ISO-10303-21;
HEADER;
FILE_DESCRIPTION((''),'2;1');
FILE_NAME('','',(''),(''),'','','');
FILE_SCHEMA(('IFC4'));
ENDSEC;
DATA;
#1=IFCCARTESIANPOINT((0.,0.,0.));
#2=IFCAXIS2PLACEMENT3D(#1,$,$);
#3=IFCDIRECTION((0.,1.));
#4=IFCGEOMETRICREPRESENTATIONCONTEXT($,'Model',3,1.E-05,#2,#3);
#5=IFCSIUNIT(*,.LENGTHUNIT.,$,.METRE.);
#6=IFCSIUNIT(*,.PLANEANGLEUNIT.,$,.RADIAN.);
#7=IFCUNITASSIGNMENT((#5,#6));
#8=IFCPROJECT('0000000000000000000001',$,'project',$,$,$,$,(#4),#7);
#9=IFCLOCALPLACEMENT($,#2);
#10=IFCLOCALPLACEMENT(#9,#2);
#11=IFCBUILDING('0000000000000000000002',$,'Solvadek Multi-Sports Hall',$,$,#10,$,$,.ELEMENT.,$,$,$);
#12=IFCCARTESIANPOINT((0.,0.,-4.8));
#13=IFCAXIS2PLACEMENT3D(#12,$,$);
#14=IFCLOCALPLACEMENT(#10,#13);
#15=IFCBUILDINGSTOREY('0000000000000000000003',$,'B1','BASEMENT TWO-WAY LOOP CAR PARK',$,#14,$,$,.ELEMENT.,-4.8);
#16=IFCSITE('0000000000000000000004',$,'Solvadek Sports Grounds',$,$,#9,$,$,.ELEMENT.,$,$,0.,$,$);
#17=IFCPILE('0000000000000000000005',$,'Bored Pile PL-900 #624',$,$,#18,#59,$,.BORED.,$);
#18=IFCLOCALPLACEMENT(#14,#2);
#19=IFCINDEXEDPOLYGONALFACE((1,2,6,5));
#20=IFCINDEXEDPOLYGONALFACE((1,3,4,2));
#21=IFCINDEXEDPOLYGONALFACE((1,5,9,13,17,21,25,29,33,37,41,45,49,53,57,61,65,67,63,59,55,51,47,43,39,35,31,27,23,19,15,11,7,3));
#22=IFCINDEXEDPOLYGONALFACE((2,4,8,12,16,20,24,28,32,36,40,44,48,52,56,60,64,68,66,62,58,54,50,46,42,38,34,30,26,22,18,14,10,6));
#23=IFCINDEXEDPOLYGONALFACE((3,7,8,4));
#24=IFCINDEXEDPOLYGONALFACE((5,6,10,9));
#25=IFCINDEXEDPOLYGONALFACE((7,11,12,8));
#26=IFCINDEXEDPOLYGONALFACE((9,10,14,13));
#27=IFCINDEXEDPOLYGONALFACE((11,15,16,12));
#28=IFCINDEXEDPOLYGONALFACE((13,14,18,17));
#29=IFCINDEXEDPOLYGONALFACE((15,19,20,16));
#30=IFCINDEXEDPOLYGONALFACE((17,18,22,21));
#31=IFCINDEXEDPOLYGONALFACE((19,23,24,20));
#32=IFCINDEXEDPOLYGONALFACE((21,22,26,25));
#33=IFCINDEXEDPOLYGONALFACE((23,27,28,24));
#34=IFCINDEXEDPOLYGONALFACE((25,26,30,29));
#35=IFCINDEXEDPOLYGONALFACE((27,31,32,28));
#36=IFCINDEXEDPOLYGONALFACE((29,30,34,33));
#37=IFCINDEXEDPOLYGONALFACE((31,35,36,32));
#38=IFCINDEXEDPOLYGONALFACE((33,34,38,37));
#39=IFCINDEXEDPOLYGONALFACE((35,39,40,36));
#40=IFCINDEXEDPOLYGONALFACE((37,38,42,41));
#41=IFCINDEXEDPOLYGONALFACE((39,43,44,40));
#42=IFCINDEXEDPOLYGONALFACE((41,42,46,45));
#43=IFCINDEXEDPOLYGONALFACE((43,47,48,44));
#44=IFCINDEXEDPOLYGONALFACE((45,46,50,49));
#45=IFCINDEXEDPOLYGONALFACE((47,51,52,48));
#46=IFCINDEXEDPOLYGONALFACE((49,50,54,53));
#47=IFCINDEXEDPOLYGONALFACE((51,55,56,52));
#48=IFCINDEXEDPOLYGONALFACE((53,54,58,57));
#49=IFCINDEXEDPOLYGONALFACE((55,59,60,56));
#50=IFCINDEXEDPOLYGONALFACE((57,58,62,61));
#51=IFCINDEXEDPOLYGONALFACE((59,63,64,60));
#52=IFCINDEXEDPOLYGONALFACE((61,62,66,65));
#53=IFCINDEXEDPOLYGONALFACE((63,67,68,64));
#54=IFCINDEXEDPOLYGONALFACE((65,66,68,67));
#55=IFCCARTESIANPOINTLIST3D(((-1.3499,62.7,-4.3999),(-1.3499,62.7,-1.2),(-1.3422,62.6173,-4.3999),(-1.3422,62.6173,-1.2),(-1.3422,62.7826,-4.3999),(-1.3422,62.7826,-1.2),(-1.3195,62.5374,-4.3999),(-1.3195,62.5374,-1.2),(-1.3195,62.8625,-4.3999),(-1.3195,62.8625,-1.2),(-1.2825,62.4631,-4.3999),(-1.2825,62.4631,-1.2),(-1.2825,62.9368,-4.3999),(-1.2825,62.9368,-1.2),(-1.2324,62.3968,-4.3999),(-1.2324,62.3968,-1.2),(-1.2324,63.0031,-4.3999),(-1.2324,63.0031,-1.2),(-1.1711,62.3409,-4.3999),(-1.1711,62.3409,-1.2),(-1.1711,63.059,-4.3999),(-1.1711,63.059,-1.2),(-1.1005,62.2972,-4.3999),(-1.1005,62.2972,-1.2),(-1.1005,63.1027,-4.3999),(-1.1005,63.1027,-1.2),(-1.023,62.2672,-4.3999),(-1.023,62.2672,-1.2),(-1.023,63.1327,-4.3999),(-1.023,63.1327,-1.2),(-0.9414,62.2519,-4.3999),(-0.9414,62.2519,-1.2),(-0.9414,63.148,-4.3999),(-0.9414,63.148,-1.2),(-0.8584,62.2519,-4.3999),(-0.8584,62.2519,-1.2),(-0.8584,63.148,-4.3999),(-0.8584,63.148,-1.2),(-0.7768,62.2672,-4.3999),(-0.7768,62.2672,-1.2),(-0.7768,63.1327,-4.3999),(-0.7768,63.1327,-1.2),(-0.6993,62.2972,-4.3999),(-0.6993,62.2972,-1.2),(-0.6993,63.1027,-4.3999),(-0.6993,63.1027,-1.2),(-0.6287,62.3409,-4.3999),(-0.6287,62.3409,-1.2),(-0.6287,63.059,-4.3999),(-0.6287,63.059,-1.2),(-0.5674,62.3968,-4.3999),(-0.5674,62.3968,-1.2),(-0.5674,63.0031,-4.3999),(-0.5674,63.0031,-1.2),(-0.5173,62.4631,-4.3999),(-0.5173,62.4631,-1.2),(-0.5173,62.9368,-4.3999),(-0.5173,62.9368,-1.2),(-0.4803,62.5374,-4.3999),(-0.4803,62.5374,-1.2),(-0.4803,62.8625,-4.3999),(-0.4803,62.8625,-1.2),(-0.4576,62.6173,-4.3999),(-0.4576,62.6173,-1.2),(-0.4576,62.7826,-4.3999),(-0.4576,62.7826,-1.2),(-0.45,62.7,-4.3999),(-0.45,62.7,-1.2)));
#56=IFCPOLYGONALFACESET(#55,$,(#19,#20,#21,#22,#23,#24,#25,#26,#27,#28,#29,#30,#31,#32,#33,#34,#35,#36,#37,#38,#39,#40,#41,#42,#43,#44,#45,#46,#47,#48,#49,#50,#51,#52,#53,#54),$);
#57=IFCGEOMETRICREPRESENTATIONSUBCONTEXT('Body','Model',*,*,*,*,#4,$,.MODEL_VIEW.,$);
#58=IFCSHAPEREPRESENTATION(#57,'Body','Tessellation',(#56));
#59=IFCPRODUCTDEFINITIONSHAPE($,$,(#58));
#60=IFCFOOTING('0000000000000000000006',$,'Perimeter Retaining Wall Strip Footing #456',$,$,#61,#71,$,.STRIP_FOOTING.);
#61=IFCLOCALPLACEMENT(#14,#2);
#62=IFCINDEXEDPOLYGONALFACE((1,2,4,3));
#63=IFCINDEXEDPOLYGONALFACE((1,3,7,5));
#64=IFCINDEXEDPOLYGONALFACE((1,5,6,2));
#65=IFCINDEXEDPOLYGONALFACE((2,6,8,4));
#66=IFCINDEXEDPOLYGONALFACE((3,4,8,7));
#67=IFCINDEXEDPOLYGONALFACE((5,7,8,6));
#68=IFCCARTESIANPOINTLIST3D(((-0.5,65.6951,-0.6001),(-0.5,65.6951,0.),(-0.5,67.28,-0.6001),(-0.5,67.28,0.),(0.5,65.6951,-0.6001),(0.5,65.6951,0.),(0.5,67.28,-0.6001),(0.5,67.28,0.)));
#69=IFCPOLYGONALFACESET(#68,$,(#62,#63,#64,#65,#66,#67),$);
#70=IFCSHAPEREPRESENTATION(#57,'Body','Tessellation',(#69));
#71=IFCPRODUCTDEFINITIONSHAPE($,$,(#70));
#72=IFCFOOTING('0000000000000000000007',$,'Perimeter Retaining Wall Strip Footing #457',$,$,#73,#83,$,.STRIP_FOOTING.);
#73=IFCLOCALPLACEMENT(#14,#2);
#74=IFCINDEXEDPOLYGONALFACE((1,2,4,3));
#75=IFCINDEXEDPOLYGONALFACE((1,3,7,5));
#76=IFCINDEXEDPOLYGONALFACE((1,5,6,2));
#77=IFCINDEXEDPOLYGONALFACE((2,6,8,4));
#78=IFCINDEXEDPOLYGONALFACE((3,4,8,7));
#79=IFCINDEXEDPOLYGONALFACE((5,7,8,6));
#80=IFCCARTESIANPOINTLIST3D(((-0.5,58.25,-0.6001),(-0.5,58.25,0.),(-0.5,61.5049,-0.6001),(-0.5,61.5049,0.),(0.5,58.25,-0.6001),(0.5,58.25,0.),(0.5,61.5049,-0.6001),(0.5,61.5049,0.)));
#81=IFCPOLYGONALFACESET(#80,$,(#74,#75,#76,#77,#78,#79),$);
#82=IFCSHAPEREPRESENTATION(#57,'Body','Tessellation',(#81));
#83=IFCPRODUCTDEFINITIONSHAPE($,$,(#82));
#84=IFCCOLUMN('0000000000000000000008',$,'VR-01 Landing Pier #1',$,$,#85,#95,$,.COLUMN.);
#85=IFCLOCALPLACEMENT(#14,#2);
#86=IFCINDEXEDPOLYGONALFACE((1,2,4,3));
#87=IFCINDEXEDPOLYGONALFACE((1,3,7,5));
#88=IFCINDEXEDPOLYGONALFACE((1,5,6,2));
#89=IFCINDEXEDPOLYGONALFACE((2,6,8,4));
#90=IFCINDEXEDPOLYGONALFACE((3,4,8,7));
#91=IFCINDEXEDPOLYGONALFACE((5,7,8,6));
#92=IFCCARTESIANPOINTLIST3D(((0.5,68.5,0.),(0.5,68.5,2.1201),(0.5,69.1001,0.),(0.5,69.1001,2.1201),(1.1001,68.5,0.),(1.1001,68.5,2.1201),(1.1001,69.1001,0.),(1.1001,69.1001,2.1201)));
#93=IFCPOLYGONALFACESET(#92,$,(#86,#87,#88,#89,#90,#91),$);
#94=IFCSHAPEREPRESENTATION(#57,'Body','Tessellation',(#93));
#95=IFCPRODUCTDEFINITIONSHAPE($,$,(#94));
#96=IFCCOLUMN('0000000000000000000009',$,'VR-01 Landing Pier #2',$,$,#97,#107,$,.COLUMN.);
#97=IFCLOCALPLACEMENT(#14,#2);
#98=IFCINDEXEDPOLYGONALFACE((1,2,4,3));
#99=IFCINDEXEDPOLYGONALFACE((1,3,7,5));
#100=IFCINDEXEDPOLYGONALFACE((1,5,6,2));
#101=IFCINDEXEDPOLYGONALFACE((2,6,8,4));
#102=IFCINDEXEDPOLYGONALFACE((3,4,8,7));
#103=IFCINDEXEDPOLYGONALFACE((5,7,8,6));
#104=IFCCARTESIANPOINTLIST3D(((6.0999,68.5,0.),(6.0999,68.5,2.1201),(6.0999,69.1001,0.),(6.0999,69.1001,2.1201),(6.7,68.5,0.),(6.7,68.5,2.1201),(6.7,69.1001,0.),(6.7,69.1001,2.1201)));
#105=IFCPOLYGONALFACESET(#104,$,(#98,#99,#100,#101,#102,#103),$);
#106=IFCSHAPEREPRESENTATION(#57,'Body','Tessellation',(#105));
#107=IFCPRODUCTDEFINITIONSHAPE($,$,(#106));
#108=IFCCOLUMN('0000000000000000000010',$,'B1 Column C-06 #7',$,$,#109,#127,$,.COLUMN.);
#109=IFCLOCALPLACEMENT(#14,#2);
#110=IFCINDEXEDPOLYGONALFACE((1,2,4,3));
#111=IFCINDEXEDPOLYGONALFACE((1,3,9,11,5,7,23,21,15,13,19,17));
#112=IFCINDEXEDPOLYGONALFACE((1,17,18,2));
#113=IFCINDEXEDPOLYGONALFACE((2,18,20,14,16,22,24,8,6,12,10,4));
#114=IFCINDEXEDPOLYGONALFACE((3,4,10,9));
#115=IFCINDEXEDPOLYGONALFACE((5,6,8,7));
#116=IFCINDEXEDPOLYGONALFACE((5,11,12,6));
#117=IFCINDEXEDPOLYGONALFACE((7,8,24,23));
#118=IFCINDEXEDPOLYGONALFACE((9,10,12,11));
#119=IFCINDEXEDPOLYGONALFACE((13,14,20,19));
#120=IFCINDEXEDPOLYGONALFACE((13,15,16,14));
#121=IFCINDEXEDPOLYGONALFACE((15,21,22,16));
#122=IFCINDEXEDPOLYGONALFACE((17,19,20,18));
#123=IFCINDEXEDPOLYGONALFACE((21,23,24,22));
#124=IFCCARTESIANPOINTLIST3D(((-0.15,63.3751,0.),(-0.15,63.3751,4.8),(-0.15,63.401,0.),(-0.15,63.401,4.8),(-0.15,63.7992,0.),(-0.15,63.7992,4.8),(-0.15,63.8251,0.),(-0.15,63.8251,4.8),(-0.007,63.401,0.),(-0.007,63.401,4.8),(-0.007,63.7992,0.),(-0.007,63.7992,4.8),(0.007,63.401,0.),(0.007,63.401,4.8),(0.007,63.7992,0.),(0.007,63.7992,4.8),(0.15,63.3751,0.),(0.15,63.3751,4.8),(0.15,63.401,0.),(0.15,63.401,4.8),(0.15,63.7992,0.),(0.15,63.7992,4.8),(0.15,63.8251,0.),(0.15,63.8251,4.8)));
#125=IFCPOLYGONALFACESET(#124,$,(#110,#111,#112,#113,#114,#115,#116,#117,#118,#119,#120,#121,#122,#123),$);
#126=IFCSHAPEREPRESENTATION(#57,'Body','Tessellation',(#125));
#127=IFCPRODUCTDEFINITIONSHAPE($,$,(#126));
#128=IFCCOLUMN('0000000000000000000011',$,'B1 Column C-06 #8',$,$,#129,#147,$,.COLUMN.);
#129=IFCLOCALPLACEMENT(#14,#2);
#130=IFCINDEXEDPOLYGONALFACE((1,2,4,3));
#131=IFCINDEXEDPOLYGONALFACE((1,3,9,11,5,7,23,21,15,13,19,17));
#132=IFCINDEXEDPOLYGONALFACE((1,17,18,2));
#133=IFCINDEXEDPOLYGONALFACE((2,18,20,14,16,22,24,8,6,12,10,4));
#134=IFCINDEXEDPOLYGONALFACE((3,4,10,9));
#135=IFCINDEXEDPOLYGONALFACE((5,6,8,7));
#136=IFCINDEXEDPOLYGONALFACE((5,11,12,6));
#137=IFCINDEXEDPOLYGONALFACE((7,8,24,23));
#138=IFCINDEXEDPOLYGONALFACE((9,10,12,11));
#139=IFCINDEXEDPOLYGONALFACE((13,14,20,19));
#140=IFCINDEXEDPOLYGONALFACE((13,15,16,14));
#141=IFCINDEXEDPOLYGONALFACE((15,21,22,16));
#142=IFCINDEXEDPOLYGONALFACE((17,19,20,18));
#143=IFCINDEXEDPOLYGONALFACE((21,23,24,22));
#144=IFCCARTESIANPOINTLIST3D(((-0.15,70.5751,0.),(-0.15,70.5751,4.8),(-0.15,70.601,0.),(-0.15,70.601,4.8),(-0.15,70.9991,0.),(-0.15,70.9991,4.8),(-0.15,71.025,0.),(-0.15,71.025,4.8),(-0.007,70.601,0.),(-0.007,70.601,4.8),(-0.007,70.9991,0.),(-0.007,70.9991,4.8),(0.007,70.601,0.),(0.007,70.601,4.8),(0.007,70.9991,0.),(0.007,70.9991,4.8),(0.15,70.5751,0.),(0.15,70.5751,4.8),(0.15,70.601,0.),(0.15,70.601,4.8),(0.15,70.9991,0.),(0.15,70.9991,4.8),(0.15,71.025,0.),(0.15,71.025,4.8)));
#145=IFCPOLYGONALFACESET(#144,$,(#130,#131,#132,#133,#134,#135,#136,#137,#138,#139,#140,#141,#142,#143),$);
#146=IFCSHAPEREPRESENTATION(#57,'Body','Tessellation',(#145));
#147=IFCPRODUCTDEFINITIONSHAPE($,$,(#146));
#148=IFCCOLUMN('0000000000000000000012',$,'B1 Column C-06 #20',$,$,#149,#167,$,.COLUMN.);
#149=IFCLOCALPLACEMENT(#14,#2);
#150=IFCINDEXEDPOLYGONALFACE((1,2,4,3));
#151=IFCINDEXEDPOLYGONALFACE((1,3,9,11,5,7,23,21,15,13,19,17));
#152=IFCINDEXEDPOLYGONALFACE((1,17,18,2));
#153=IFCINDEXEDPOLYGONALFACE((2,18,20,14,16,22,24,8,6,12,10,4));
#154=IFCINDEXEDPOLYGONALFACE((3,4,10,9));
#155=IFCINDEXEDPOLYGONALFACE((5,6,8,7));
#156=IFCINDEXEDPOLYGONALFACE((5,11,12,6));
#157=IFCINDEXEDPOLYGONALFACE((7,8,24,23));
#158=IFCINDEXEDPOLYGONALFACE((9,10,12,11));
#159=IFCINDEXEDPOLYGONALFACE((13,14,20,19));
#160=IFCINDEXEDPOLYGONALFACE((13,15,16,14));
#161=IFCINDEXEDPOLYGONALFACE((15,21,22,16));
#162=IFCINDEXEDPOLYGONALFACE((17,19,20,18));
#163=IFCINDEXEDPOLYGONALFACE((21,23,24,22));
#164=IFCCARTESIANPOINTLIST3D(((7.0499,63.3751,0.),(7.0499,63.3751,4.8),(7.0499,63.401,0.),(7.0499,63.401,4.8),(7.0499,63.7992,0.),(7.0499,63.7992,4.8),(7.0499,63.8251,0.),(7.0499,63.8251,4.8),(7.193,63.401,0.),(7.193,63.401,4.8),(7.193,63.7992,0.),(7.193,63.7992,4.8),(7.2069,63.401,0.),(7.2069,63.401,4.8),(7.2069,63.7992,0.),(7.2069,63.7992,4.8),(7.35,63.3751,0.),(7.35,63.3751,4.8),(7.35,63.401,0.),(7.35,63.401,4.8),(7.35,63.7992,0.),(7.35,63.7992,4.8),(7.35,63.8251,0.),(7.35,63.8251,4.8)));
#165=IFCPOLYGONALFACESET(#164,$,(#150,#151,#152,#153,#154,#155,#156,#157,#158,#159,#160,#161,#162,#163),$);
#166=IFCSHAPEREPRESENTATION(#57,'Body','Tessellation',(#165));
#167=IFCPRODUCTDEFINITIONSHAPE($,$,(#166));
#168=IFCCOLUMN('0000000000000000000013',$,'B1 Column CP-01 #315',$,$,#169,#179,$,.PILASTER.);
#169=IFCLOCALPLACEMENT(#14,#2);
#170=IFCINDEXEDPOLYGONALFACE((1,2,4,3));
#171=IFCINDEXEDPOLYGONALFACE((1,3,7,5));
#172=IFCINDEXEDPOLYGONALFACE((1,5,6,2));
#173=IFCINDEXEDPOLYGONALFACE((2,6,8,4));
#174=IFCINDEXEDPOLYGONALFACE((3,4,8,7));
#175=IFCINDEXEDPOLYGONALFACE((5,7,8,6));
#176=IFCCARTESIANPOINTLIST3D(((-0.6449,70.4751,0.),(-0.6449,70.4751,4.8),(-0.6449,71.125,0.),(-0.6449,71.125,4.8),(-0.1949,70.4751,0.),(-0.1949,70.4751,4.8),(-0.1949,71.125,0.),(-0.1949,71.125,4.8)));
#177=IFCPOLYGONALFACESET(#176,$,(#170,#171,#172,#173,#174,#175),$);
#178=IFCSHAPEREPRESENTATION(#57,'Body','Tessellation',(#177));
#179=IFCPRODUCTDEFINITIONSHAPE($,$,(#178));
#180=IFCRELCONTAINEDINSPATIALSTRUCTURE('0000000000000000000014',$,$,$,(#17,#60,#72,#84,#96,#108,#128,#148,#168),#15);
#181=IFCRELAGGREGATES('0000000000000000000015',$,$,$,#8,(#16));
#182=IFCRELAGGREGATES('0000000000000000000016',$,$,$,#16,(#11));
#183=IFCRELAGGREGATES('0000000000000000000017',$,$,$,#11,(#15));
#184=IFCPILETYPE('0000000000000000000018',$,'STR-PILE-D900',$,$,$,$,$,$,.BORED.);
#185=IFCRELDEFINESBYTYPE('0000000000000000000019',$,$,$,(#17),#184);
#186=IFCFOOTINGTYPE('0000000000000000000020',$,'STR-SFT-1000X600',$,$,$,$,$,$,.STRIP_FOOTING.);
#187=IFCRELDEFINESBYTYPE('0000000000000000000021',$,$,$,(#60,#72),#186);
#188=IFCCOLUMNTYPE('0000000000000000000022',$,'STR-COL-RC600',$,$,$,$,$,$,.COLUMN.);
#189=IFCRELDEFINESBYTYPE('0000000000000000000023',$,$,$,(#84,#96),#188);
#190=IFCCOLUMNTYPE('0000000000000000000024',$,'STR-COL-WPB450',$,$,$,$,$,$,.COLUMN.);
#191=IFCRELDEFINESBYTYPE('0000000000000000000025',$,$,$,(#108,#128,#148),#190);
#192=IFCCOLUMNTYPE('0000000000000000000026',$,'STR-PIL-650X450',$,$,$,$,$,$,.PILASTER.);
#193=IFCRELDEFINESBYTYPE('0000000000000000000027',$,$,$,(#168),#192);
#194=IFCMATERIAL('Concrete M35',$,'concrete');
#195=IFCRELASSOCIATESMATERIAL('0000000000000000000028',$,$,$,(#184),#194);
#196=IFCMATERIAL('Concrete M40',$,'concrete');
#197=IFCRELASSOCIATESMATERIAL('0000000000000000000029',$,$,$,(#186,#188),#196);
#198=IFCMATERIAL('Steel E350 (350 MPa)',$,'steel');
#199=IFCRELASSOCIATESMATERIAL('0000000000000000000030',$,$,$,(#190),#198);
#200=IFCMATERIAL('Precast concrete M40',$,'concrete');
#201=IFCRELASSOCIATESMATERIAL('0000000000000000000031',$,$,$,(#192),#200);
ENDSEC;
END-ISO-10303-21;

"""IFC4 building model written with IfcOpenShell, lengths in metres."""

from ifc_helpers import new_model, si_unit, direction, frame, origin, origin_2d, place, context, subcontext, project, spatial, rectangle, circle, i_section, extrude, material, material_profile, profile_set, type_object, element, save


model = new_model("IFC4")

# Units and contexts
model_context = context("Model", 3, precision=1e-05, world=origin(), true_north=direction((0.0, 1.0)))
body_context = subcontext(model_context, "Body", "Model", "MODEL_VIEW")
ifc_project = project(units=[si_unit("LENGTHUNIT", "METRE"), si_unit("PLANEANGLEUNIT", "RADIAN")], contexts=[model_context])

# Site, building, storey
site_placement = place(None, origin())
site = spatial("IfcSite", under=ifc_project, at=site_placement, Name="Solvadek Sports Grounds", CompositionType="ELEMENT", RefElevation=0.0)
building_placement = place(site_placement, origin())
building = spatial("IfcBuilding", under=site, at=building_placement, Name="Solvadek Multi-Sports Hall", CompositionType="ELEMENT")
storey_placement = place(building_placement, frame((0.0, 0.0, -4.8)))
storey = spatial("IfcBuildingStorey", under=building, at=storey_placement, Name="B1", Description="BASEMENT TWO-WAY LOOP CAR PARK", CompositionType="ELEMENT", Elevation=-4.8)

# Shared definitions
ifc_material_1 = material(Name="Concrete M40", Category="concrete")

# Pile
ifc_material_2 = material(Name="Concrete M35", Category="concrete")
ifc_material_profile_1 = material_profile(ifc_material_2, circle(Radius=0.45, at=origin_2d()), Name="BORED PILE D900")
ifc_profile_set_1 = profile_set([ifc_material_profile_1], Name="Concrete M35")
pile_type_1 = type_object("IfcPileType", Name="STR-PILE-D900", PredefinedType="BORED", material=ifc_profile_set_1)
pile_1_placement = place(storey_placement, frame((-0.8999, 62.7, -1.2), z_axis=(0.0, 0.0, -1.0), x_axis=(1.0, 0.0, 0.0)))
element("IfcPile", 1, at=pile_1_placement, inside=storey, type_object=pile_type_1, Name="Bored Pile PL-900 #624", PredefinedType="BORED", context=body_context, shape_type="SweptSolid", body=[
    extrude(circle(Radius=0.45, at=origin_2d()), origin(), (0.0, 0.0, 1.0), 3.2),
])

# Footings
footing_type_1 = type_object("IfcFootingType", Name="STR-SFT-1000X600", PredefinedType="STRIP_FOOTING", material=ifc_material_1)
footing_1_placement = place(storey_placement, frame((0.0, 66.4875, -0.6001), z_axis=(0.0, 0.0, 1.0), x_axis=(0.0, -1.0, 0.0)))
element("IfcFooting", 2, at=footing_1_placement, inside=storey, type_object=footing_type_1, Name="Perimeter Retaining Wall Strip Footing #456", PredefinedType="STRIP_FOOTING", context=body_context, shape_type="SweptSolid", body=[
    extrude(rectangle(XDim=1.585, YDim=1.0, at=origin_2d()), origin(), (0.0, 0.0, 1.0), 0.6001),
])
footing_2_placement = place(storey_placement, frame((0.0, 59.8774, -0.6001), z_axis=(0.0, 0.0, 1.0), x_axis=(0.0, -1.0, 0.0)))
element("IfcFooting", 3, at=footing_2_placement, inside=storey, type_object=footing_type_1, Name="Perimeter Retaining Wall Strip Footing #457", PredefinedType="STRIP_FOOTING", context=body_context, shape_type="SweptSolid", body=[
    extrude(rectangle(XDim=3.2549, YDim=1.0, at=origin_2d()), origin(), (0.0, 0.0, 1.0), 0.6001),
])

# Columns
ifc_material_profile_2 = material_profile(ifc_material_1, rectangle(XDim=0.6001, YDim=0.6001, at=origin_2d()), Name="RC 600x600")
ifc_profile_set_2 = profile_set([ifc_material_profile_2], Name="Concrete M40")
column_type_1 = type_object("IfcColumnType", Name="STR-COL-RC600", PredefinedType="COLUMN", material=ifc_profile_set_2)
for number, where, z_axis, x_axis, name in (
    (4, (0.8, 68.8, 0.0), (0.0, 0.0, 1.0), (1.0, 0.0, 0.0), "VR-01 Landing Pier #1"),
    (5, (6.3999, 68.8, 0.0), (0.0, 0.0, 1.0), (1.0, 0.0, 0.0), "VR-01 Landing Pier #2"),
):
    element("IfcColumn", number, at=place(storey_placement, frame(where, z_axis=z_axis, x_axis=x_axis)), inside=storey, type_object=column_type_1, Name=name, PredefinedType="COLUMN", context=body_context, shape_type="SweptSolid", body=[
        extrude(rectangle(XDim=0.6001, YDim=0.6001, at=origin_2d()), origin(), (0.0, 0.0, 1.0), 2.1201),
    ])
ifc_material_3 = material(Name="Steel E350 (350 MPa)", Category="steel")
ifc_material_profile_3 = material_profile(ifc_material_3, i_section(OverallWidth=0.3, OverallDepth=0.45, WebThickness=0.0139, FlangeThickness=0.0259, at=origin_2d()), Name="WPB 450")
ifc_profile_set_3 = profile_set([ifc_material_profile_3], Name="Steel E350 (350 MPa)")
column_type_2 = type_object("IfcColumnType", Name="STR-COL-WPB450", PredefinedType="COLUMN", material=ifc_profile_set_3)
for number, where, z_axis, x_axis, name in (
    (6, (0.0, 63.6001, 0.0), (0.0, 0.0, 1.0), (1.0, 0.0, 0.0), "B1 Column C-06 #7"),
    (7, (0.0, 70.8, 0.0), (0.0, 0.0, 1.0), (1.0, 0.0, 0.0), "B1 Column C-06 #8"),
    (8, (7.2, 63.6001, 0.0), (0.0, 0.0, 1.0), (1.0, 0.0, 0.0), "B1 Column C-06 #20"),
):
    element("IfcColumn", number, at=place(storey_placement, frame(where, z_axis=z_axis, x_axis=x_axis)), inside=storey, type_object=column_type_2, Name=name, PredefinedType="COLUMN", context=body_context, shape_type="SweptSolid", body=[
        extrude(i_section(OverallWidth=0.3, OverallDepth=0.45, WebThickness=0.0139, FlangeThickness=0.0259, at=origin_2d()), origin(), (0.0, 0.0, 1.0), 4.8),
    ])
ifc_material_4 = material(Name="Precast concrete M40", Category="concrete")
ifc_material_profile_4 = material_profile(ifc_material_4, rectangle(XDim=0.45, YDim=0.6499, at=origin_2d()), Name="RC PILASTER 650x450")
ifc_profile_set_4 = profile_set([ifc_material_profile_4], Name="Precast concrete M40")
column_type_3 = type_object("IfcColumnType", Name="STR-PIL-650X450", PredefinedType="PILASTER", material=ifc_profile_set_4)
column_placement = place(storey_placement, frame((-0.4199, 70.8, 0.0), z_axis=(0.0, 0.0, 1.0), x_axis=(1.0, 0.0, 0.0)))
element("IfcColumn", 9, at=column_placement, inside=storey, type_object=column_type_3, Name="B1 Column CP-01 #315", PredefinedType="PILASTER", context=body_context, shape_type="SweptSolid", body=[
    extrude(rectangle(XDim=0.45, YDim=0.6499, at=origin_2d()), origin(), (0.0, 0.0, 1.0), 4.8),
])

save(model, "model.ifc")
